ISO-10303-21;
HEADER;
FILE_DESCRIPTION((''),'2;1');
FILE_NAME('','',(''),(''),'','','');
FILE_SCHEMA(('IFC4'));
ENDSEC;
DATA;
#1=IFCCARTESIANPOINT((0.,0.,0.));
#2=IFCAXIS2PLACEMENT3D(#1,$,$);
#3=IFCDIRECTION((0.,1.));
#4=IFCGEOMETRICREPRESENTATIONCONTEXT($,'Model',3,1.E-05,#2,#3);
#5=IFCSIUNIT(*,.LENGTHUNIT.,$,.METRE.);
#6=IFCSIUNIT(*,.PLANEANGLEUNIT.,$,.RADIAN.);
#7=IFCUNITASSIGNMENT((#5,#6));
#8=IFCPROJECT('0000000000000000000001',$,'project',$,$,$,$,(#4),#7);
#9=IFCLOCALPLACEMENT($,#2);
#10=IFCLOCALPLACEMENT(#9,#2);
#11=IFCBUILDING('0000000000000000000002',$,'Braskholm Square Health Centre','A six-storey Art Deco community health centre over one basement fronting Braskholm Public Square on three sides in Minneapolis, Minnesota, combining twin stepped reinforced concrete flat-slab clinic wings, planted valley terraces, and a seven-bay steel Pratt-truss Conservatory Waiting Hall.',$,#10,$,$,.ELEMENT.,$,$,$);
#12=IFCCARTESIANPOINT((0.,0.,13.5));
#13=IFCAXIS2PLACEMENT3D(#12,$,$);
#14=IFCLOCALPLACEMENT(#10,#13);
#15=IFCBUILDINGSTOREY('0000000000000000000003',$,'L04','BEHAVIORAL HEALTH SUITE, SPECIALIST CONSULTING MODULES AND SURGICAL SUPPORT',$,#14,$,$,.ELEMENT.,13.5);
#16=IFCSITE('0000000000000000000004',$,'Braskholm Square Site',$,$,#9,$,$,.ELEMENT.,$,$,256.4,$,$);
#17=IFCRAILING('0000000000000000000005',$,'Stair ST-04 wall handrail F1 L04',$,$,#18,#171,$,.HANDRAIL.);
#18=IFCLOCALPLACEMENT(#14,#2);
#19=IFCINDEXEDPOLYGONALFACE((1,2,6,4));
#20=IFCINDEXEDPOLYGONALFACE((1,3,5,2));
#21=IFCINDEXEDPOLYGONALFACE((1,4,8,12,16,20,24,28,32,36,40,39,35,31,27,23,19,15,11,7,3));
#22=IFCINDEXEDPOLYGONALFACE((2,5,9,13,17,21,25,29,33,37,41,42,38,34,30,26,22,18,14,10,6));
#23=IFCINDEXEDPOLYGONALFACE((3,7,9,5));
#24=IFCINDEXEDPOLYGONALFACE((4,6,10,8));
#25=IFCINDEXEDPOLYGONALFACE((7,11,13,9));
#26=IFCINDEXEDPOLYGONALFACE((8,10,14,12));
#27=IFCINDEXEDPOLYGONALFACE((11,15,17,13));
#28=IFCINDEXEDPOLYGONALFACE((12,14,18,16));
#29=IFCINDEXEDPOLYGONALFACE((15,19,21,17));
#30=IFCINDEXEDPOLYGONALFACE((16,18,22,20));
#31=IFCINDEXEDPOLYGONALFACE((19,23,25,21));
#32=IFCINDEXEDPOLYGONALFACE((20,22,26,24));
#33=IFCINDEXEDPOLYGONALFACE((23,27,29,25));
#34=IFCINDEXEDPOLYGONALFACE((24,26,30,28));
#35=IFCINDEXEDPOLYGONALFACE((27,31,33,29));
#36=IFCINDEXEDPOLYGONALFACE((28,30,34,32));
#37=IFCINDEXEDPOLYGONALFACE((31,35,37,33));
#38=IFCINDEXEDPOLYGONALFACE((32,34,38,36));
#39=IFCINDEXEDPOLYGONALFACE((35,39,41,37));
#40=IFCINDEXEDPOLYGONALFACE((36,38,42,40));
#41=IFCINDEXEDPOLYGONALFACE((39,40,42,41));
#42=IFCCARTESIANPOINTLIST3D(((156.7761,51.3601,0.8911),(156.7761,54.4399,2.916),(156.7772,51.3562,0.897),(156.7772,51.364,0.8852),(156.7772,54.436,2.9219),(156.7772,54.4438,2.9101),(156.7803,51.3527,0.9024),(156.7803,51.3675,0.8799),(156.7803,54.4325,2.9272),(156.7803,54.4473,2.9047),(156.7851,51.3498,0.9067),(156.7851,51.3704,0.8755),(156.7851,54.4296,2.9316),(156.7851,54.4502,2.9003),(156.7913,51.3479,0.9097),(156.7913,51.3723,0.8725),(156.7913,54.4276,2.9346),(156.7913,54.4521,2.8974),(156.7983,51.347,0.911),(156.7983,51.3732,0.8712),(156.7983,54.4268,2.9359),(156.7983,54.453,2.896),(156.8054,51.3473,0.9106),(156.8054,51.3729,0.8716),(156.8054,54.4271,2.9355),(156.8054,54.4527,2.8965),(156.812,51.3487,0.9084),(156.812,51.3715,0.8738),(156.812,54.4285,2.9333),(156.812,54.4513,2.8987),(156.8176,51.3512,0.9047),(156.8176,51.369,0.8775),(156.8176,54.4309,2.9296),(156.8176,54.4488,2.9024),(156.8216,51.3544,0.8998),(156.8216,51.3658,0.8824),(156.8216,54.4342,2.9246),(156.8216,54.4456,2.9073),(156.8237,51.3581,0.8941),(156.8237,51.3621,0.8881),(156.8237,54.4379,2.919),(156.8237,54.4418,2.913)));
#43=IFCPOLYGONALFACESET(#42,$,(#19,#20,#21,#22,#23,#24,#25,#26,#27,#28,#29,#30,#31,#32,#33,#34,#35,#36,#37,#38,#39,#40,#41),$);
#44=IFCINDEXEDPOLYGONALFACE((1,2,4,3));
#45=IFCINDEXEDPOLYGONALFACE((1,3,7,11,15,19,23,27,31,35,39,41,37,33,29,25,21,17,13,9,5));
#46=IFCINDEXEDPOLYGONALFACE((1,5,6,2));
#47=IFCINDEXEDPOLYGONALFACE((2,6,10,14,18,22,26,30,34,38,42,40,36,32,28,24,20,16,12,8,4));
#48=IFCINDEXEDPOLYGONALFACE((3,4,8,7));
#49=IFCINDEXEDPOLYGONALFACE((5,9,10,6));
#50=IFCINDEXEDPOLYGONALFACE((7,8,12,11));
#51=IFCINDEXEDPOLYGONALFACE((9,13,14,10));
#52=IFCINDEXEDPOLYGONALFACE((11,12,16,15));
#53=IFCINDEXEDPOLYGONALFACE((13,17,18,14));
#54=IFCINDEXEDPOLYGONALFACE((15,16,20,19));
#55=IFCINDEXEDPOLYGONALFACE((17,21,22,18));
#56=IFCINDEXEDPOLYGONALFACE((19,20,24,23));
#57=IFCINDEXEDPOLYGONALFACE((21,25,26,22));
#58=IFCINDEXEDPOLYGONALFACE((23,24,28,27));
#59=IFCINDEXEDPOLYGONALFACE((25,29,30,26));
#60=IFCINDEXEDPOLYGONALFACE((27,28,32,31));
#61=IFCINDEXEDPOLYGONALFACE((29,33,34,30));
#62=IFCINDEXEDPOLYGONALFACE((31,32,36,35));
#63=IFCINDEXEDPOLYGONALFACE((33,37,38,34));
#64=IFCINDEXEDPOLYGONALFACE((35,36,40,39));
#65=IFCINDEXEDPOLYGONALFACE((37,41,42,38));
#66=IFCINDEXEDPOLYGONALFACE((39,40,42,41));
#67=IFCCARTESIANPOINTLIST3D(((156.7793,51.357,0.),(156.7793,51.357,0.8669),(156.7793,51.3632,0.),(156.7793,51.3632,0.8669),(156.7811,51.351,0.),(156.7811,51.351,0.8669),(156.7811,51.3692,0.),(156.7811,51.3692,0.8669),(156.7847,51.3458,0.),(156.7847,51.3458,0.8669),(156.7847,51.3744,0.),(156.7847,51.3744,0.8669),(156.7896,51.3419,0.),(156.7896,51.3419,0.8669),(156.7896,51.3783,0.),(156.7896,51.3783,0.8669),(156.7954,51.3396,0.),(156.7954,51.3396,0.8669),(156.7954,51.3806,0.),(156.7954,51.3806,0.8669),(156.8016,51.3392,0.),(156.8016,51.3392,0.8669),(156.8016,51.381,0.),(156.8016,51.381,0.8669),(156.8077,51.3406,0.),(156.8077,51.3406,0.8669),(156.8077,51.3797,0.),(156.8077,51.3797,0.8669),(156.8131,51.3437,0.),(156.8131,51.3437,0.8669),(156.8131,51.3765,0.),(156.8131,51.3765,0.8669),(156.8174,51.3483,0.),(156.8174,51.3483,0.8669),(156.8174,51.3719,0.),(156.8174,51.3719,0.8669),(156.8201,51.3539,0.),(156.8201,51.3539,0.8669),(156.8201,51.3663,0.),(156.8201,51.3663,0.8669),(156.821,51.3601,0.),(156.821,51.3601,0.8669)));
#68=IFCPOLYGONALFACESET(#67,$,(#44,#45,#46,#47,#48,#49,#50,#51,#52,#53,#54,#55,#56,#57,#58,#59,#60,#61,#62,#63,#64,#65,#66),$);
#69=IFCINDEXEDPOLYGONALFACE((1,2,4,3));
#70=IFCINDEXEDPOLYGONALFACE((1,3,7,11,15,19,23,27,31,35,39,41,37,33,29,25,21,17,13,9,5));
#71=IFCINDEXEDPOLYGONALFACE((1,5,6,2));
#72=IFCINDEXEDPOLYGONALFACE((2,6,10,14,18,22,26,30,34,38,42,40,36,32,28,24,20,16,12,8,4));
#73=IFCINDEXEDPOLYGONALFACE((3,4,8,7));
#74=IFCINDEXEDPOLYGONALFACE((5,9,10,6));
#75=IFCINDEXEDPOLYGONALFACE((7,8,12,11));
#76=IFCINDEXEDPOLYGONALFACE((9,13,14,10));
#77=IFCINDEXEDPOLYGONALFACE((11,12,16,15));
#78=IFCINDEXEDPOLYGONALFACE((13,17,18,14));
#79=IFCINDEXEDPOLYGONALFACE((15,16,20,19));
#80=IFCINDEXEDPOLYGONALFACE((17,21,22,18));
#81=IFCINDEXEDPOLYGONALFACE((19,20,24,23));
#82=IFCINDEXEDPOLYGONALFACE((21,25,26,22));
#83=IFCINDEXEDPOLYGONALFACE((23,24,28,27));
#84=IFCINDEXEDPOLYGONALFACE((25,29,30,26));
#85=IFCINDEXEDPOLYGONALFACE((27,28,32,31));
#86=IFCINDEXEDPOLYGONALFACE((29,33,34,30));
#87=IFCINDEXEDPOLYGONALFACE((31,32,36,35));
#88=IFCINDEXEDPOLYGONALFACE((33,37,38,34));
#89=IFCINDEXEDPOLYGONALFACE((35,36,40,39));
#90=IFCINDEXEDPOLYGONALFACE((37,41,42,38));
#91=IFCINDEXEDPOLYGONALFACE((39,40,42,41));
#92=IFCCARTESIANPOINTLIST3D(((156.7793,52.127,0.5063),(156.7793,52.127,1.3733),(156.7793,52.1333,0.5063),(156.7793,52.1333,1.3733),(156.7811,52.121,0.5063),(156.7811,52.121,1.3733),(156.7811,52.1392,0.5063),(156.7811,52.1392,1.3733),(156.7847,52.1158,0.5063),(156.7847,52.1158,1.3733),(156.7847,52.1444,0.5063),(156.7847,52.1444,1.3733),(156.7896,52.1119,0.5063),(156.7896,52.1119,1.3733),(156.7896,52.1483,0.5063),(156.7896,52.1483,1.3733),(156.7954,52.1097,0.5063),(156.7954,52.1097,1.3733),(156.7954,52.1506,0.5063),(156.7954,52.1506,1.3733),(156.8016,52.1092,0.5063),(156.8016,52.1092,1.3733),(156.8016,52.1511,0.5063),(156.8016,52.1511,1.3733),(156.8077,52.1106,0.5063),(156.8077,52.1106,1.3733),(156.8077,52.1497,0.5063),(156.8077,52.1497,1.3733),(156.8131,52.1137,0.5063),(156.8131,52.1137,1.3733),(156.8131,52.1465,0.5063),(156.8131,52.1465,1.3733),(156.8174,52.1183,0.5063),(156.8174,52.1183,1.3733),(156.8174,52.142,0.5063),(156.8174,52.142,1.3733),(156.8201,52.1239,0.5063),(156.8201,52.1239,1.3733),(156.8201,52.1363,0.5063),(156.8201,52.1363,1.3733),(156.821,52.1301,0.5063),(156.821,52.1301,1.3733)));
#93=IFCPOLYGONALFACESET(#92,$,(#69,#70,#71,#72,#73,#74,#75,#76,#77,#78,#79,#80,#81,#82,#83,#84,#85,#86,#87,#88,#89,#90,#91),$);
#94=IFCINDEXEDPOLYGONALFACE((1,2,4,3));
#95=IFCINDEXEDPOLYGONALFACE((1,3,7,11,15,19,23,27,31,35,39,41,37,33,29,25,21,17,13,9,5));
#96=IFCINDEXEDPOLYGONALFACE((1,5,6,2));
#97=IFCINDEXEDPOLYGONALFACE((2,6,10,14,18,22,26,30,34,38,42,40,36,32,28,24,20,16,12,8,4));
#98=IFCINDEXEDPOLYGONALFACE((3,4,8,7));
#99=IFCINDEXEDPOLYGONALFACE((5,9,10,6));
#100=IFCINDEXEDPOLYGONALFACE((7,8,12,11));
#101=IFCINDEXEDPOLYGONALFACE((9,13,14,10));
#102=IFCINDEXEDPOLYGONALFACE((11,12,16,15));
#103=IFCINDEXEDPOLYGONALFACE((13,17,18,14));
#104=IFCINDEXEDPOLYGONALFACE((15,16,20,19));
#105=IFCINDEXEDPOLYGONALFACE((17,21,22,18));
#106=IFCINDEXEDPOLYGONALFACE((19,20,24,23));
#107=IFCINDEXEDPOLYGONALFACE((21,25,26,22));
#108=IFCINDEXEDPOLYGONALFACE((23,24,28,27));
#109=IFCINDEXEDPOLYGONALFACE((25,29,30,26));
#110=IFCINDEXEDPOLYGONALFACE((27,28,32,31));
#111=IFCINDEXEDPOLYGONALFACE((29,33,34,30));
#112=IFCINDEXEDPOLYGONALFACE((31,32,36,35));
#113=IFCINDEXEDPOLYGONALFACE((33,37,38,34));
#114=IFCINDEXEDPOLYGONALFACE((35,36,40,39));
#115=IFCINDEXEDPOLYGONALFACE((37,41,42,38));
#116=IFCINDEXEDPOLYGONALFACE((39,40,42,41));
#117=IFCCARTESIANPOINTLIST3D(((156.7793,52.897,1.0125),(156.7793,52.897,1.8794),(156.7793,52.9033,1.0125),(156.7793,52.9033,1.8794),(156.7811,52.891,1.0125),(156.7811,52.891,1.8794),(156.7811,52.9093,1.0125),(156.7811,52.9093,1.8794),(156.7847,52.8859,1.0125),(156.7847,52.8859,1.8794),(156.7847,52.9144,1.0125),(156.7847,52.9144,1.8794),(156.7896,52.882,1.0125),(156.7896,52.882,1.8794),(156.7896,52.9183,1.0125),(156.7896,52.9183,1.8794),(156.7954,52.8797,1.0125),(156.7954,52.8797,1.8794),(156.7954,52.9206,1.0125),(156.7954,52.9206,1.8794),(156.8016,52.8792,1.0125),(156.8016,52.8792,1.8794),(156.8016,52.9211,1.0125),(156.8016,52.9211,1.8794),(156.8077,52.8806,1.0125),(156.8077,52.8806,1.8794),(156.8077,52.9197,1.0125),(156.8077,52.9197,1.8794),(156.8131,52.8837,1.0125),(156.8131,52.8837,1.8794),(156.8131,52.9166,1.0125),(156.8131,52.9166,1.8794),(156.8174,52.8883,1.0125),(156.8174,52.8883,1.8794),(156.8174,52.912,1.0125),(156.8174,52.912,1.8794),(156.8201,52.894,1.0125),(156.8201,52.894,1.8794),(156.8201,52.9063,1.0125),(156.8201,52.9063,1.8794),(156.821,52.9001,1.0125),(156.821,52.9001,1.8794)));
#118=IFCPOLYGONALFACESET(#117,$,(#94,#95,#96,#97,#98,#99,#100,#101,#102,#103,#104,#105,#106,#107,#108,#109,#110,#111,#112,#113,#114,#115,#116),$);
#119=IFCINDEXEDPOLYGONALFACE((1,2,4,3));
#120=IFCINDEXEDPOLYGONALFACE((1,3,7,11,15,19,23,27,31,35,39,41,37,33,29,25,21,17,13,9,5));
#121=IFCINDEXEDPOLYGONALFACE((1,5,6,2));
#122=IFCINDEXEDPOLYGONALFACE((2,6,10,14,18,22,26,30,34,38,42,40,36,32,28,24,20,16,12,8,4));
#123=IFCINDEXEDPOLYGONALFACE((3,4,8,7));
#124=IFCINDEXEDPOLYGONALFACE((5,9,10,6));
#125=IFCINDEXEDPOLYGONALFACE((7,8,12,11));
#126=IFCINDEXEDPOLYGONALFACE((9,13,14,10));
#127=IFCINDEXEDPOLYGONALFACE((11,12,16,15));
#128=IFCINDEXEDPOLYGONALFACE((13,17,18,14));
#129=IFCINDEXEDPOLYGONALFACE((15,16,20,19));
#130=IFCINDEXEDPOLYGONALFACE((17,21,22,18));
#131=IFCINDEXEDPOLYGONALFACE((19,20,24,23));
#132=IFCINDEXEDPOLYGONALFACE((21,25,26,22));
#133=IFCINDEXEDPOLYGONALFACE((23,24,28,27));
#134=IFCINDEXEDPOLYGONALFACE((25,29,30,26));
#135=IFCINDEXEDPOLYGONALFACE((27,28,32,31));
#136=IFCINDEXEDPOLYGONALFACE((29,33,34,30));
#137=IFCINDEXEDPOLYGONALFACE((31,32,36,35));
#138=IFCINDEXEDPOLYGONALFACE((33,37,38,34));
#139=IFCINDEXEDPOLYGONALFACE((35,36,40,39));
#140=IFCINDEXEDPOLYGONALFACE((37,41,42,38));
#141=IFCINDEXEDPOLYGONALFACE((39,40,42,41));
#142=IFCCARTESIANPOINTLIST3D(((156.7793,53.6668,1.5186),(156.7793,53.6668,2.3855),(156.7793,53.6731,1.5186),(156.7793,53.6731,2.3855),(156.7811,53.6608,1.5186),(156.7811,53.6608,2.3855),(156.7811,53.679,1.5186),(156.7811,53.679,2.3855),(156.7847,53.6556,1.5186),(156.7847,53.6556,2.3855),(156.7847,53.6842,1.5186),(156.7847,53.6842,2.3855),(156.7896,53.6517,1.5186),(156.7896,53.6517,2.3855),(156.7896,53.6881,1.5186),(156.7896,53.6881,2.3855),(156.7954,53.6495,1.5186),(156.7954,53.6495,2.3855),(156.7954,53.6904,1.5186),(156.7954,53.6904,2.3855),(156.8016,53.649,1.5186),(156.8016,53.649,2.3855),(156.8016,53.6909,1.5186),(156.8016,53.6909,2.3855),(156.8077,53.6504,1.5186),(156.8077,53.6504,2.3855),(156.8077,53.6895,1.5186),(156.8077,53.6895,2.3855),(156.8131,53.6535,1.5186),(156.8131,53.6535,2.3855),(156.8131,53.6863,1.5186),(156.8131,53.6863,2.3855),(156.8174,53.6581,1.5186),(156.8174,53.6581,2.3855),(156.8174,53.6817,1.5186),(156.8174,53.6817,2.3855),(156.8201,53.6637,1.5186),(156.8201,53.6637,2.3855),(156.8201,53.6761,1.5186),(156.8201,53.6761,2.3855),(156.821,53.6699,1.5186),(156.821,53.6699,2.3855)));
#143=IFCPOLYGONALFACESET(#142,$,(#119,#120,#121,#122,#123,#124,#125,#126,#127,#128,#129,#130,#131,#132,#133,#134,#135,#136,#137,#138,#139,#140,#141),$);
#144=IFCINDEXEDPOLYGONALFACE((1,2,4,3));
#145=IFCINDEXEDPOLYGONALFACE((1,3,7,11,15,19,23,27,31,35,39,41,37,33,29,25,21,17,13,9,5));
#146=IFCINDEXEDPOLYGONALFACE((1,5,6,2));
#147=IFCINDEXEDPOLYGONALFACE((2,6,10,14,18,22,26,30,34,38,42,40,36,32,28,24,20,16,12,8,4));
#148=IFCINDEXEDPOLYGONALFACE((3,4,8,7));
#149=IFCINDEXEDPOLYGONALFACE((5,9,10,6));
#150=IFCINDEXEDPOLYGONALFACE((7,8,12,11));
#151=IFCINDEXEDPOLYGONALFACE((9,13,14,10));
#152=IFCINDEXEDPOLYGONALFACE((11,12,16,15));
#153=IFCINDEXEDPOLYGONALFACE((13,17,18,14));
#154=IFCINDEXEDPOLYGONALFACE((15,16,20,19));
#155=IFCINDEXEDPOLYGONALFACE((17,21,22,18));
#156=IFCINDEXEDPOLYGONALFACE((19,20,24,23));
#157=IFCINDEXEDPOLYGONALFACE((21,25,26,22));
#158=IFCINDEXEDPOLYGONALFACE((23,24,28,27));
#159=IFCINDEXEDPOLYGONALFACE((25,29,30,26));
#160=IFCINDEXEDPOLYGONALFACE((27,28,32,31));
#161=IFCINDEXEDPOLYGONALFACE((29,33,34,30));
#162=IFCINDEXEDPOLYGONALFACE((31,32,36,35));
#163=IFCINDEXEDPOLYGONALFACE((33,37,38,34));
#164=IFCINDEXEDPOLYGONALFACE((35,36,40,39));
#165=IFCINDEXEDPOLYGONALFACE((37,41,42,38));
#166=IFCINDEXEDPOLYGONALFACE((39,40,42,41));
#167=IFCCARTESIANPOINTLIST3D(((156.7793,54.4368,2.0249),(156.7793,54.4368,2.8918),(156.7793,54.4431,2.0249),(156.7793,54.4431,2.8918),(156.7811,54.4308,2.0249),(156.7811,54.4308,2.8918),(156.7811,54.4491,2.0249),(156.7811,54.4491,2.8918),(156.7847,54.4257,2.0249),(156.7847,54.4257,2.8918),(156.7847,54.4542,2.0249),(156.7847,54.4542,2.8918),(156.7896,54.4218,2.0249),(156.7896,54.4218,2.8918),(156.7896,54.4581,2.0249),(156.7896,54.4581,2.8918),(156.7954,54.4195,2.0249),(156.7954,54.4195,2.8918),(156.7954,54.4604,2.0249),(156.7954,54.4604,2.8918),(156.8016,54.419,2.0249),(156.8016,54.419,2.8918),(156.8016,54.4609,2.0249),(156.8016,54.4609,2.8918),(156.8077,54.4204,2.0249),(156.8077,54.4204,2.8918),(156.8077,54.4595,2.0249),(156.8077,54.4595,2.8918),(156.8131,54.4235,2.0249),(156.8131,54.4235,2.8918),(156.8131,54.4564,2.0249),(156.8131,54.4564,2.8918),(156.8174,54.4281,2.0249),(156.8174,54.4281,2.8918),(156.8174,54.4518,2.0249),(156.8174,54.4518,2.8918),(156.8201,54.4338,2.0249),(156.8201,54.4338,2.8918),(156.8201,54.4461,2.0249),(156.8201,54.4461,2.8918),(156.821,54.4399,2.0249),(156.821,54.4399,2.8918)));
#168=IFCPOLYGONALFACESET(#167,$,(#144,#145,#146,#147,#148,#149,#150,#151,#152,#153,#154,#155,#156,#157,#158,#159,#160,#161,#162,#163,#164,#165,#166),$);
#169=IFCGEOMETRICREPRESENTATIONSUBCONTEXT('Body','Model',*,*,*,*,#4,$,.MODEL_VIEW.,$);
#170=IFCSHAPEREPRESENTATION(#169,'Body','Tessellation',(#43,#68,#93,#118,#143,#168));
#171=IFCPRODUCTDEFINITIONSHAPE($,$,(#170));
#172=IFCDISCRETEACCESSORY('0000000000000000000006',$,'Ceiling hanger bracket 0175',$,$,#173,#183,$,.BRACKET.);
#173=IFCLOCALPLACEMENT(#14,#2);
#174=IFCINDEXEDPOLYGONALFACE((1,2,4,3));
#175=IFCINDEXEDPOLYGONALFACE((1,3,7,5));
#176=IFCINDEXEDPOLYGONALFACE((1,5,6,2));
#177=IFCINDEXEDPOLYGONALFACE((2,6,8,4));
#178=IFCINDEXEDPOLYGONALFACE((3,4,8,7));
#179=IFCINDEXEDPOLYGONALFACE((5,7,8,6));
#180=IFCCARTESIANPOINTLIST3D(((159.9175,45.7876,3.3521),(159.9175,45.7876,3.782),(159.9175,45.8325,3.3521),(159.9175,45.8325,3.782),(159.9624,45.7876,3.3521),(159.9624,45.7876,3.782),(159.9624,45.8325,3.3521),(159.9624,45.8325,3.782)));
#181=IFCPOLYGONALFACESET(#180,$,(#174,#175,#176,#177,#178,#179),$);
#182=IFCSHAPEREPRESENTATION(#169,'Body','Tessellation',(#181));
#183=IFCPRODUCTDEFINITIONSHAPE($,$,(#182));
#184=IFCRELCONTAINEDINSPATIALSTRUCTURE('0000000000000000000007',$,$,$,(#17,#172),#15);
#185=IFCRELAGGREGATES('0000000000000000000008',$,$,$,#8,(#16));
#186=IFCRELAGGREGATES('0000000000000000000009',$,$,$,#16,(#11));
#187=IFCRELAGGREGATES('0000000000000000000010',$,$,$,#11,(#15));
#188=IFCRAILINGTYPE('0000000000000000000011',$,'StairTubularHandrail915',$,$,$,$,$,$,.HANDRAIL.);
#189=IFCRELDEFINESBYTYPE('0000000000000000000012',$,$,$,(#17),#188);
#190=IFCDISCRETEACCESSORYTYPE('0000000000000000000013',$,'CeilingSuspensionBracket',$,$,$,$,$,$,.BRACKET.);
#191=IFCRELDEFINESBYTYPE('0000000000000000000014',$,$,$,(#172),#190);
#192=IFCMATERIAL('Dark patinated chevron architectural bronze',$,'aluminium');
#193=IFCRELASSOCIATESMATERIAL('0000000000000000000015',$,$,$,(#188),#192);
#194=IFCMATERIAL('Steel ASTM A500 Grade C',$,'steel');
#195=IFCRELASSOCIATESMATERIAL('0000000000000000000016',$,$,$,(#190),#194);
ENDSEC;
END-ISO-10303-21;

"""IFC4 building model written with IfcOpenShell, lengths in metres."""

from ifc_helpers import new_model, si_unit, direction, frame, origin, origin_2d, place, context, subcontext, project, spatial, rectangle, circle, extrude, material, type_object, element, save


model = new_model("IFC4")

# Units and contexts
model_context = context("Model", 3, precision=1e-05, world=origin(), true_north=direction((0.0, 1.0)))
body_context = subcontext(model_context, "Body", "Model", "MODEL_VIEW")
ifc_project = project(units=[si_unit("LENGTHUNIT", "METRE"), si_unit("PLANEANGLEUNIT", "RADIAN")], contexts=[model_context])

# Site, building, storey
site_placement = place(None, origin())
site = spatial("IfcSite", under=ifc_project, at=site_placement, Name="Braskholm Square Site", CompositionType="ELEMENT", RefElevation=256.4)
building_placement = place(site_placement, origin())
building = spatial("IfcBuilding", under=site, at=building_placement, Name="Braskholm Square Health Centre", Description="A six-storey Art Deco community health centre over one basement fronting Braskholm Public Square on three sides in Minneapolis, Minnesota, combining twin stepped reinforced concrete flat-slab clinic wings, planted valley terraces, and a seven-bay steel Pratt-truss Conservatory Waiting Hall.", CompositionType="ELEMENT")
storey_placement = place(building_placement, frame((0.0, 0.0, 13.5)))
storey = spatial("IfcBuildingStorey", under=building, at=storey_placement, Name="L04", Description="BEHAVIORAL HEALTH SUITE, SPECIALIST CONSULTING MODULES AND SURGICAL SUPPORT", CompositionType="ELEMENT", Elevation=13.5)

# Shared definitions
ifc_material_1 = material(Name="Dark patinated chevron architectural bronze", Category="aluminium")

# Railing
railing_type_1 = type_object("IfcRailingType", Name="StairTubularHandrail915", PredefinedType="HANDRAIL", material=ifc_material_1)
railing_1_placement = place(storey_placement, frame((156.8, 51.3601, 0.0)))
element("IfcRailing", 1, at=railing_1_placement, inside=storey, type_object=railing_type_1, Name="Stair ST-04 wall handrail F1 L04", PredefinedType="HANDRAIL", context=body_context, shape_type="SweptSolid", body=[
    extrude(circle(Radius=0.0239, at=origin_2d()), frame((0.0, 0.0, 0.8911), z_axis=(0.0, 0.83558, 0.54937), x_axis=(-1.0, 0.0, 0.0)), (0.0, 0.0, 1.0), 3.6858),
    extrude(circle(Radius=0.021, at=origin_2d()), origin(), (0.0, 0.0, 1.0), 0.8669),
    extrude(circle(Radius=0.021, at=origin_2d()), frame((0.0, 0.77, 0.5063)), (0.0, 0.0, 1.0), 0.8669),
    extrude(circle(Radius=0.021, at=origin_2d()), frame((0.0, 1.54, 1.0125)), (0.0, 0.0, 1.0), 0.8669),
    extrude(circle(Radius=0.021, at=origin_2d()), frame((0.0, 2.3098, 1.5186)), (0.0, 0.0, 1.0), 0.8669),
    extrude(circle(Radius=0.021, at=origin_2d()), frame((0.0, 3.0798, 2.0249)), (0.0, 0.0, 1.0), 0.8669),
])

# Discrete accessory
ifc_material_2 = material(Name="Steel ASTM A500 Grade C", Category="steel")
discrete_accessory_type = type_object("IfcDiscreteAccessoryType", Name="CeilingSuspensionBracket", PredefinedType="BRACKET", material=ifc_material_2)
discrete_accessory_placement = place(storey_placement, frame((159.9399, 45.8101, 3.3521), z_axis=(0.0, 0.0, 1.0), x_axis=(1.0, 0.0, 0.0)))
element("IfcDiscreteAccessory", 2, at=discrete_accessory_placement, inside=storey, type_object=discrete_accessory_type, Name="Ceiling hanger bracket 0175", PredefinedType="BRACKET", context=body_context, shape_type="SweptSolid", body=[
    extrude(rectangle(XDim=0.0449, YDim=0.0449, at=origin_2d()), origin(), (0.0, 0.0, 1.0), 0.4299),
])

save(model, "model.ifc")
